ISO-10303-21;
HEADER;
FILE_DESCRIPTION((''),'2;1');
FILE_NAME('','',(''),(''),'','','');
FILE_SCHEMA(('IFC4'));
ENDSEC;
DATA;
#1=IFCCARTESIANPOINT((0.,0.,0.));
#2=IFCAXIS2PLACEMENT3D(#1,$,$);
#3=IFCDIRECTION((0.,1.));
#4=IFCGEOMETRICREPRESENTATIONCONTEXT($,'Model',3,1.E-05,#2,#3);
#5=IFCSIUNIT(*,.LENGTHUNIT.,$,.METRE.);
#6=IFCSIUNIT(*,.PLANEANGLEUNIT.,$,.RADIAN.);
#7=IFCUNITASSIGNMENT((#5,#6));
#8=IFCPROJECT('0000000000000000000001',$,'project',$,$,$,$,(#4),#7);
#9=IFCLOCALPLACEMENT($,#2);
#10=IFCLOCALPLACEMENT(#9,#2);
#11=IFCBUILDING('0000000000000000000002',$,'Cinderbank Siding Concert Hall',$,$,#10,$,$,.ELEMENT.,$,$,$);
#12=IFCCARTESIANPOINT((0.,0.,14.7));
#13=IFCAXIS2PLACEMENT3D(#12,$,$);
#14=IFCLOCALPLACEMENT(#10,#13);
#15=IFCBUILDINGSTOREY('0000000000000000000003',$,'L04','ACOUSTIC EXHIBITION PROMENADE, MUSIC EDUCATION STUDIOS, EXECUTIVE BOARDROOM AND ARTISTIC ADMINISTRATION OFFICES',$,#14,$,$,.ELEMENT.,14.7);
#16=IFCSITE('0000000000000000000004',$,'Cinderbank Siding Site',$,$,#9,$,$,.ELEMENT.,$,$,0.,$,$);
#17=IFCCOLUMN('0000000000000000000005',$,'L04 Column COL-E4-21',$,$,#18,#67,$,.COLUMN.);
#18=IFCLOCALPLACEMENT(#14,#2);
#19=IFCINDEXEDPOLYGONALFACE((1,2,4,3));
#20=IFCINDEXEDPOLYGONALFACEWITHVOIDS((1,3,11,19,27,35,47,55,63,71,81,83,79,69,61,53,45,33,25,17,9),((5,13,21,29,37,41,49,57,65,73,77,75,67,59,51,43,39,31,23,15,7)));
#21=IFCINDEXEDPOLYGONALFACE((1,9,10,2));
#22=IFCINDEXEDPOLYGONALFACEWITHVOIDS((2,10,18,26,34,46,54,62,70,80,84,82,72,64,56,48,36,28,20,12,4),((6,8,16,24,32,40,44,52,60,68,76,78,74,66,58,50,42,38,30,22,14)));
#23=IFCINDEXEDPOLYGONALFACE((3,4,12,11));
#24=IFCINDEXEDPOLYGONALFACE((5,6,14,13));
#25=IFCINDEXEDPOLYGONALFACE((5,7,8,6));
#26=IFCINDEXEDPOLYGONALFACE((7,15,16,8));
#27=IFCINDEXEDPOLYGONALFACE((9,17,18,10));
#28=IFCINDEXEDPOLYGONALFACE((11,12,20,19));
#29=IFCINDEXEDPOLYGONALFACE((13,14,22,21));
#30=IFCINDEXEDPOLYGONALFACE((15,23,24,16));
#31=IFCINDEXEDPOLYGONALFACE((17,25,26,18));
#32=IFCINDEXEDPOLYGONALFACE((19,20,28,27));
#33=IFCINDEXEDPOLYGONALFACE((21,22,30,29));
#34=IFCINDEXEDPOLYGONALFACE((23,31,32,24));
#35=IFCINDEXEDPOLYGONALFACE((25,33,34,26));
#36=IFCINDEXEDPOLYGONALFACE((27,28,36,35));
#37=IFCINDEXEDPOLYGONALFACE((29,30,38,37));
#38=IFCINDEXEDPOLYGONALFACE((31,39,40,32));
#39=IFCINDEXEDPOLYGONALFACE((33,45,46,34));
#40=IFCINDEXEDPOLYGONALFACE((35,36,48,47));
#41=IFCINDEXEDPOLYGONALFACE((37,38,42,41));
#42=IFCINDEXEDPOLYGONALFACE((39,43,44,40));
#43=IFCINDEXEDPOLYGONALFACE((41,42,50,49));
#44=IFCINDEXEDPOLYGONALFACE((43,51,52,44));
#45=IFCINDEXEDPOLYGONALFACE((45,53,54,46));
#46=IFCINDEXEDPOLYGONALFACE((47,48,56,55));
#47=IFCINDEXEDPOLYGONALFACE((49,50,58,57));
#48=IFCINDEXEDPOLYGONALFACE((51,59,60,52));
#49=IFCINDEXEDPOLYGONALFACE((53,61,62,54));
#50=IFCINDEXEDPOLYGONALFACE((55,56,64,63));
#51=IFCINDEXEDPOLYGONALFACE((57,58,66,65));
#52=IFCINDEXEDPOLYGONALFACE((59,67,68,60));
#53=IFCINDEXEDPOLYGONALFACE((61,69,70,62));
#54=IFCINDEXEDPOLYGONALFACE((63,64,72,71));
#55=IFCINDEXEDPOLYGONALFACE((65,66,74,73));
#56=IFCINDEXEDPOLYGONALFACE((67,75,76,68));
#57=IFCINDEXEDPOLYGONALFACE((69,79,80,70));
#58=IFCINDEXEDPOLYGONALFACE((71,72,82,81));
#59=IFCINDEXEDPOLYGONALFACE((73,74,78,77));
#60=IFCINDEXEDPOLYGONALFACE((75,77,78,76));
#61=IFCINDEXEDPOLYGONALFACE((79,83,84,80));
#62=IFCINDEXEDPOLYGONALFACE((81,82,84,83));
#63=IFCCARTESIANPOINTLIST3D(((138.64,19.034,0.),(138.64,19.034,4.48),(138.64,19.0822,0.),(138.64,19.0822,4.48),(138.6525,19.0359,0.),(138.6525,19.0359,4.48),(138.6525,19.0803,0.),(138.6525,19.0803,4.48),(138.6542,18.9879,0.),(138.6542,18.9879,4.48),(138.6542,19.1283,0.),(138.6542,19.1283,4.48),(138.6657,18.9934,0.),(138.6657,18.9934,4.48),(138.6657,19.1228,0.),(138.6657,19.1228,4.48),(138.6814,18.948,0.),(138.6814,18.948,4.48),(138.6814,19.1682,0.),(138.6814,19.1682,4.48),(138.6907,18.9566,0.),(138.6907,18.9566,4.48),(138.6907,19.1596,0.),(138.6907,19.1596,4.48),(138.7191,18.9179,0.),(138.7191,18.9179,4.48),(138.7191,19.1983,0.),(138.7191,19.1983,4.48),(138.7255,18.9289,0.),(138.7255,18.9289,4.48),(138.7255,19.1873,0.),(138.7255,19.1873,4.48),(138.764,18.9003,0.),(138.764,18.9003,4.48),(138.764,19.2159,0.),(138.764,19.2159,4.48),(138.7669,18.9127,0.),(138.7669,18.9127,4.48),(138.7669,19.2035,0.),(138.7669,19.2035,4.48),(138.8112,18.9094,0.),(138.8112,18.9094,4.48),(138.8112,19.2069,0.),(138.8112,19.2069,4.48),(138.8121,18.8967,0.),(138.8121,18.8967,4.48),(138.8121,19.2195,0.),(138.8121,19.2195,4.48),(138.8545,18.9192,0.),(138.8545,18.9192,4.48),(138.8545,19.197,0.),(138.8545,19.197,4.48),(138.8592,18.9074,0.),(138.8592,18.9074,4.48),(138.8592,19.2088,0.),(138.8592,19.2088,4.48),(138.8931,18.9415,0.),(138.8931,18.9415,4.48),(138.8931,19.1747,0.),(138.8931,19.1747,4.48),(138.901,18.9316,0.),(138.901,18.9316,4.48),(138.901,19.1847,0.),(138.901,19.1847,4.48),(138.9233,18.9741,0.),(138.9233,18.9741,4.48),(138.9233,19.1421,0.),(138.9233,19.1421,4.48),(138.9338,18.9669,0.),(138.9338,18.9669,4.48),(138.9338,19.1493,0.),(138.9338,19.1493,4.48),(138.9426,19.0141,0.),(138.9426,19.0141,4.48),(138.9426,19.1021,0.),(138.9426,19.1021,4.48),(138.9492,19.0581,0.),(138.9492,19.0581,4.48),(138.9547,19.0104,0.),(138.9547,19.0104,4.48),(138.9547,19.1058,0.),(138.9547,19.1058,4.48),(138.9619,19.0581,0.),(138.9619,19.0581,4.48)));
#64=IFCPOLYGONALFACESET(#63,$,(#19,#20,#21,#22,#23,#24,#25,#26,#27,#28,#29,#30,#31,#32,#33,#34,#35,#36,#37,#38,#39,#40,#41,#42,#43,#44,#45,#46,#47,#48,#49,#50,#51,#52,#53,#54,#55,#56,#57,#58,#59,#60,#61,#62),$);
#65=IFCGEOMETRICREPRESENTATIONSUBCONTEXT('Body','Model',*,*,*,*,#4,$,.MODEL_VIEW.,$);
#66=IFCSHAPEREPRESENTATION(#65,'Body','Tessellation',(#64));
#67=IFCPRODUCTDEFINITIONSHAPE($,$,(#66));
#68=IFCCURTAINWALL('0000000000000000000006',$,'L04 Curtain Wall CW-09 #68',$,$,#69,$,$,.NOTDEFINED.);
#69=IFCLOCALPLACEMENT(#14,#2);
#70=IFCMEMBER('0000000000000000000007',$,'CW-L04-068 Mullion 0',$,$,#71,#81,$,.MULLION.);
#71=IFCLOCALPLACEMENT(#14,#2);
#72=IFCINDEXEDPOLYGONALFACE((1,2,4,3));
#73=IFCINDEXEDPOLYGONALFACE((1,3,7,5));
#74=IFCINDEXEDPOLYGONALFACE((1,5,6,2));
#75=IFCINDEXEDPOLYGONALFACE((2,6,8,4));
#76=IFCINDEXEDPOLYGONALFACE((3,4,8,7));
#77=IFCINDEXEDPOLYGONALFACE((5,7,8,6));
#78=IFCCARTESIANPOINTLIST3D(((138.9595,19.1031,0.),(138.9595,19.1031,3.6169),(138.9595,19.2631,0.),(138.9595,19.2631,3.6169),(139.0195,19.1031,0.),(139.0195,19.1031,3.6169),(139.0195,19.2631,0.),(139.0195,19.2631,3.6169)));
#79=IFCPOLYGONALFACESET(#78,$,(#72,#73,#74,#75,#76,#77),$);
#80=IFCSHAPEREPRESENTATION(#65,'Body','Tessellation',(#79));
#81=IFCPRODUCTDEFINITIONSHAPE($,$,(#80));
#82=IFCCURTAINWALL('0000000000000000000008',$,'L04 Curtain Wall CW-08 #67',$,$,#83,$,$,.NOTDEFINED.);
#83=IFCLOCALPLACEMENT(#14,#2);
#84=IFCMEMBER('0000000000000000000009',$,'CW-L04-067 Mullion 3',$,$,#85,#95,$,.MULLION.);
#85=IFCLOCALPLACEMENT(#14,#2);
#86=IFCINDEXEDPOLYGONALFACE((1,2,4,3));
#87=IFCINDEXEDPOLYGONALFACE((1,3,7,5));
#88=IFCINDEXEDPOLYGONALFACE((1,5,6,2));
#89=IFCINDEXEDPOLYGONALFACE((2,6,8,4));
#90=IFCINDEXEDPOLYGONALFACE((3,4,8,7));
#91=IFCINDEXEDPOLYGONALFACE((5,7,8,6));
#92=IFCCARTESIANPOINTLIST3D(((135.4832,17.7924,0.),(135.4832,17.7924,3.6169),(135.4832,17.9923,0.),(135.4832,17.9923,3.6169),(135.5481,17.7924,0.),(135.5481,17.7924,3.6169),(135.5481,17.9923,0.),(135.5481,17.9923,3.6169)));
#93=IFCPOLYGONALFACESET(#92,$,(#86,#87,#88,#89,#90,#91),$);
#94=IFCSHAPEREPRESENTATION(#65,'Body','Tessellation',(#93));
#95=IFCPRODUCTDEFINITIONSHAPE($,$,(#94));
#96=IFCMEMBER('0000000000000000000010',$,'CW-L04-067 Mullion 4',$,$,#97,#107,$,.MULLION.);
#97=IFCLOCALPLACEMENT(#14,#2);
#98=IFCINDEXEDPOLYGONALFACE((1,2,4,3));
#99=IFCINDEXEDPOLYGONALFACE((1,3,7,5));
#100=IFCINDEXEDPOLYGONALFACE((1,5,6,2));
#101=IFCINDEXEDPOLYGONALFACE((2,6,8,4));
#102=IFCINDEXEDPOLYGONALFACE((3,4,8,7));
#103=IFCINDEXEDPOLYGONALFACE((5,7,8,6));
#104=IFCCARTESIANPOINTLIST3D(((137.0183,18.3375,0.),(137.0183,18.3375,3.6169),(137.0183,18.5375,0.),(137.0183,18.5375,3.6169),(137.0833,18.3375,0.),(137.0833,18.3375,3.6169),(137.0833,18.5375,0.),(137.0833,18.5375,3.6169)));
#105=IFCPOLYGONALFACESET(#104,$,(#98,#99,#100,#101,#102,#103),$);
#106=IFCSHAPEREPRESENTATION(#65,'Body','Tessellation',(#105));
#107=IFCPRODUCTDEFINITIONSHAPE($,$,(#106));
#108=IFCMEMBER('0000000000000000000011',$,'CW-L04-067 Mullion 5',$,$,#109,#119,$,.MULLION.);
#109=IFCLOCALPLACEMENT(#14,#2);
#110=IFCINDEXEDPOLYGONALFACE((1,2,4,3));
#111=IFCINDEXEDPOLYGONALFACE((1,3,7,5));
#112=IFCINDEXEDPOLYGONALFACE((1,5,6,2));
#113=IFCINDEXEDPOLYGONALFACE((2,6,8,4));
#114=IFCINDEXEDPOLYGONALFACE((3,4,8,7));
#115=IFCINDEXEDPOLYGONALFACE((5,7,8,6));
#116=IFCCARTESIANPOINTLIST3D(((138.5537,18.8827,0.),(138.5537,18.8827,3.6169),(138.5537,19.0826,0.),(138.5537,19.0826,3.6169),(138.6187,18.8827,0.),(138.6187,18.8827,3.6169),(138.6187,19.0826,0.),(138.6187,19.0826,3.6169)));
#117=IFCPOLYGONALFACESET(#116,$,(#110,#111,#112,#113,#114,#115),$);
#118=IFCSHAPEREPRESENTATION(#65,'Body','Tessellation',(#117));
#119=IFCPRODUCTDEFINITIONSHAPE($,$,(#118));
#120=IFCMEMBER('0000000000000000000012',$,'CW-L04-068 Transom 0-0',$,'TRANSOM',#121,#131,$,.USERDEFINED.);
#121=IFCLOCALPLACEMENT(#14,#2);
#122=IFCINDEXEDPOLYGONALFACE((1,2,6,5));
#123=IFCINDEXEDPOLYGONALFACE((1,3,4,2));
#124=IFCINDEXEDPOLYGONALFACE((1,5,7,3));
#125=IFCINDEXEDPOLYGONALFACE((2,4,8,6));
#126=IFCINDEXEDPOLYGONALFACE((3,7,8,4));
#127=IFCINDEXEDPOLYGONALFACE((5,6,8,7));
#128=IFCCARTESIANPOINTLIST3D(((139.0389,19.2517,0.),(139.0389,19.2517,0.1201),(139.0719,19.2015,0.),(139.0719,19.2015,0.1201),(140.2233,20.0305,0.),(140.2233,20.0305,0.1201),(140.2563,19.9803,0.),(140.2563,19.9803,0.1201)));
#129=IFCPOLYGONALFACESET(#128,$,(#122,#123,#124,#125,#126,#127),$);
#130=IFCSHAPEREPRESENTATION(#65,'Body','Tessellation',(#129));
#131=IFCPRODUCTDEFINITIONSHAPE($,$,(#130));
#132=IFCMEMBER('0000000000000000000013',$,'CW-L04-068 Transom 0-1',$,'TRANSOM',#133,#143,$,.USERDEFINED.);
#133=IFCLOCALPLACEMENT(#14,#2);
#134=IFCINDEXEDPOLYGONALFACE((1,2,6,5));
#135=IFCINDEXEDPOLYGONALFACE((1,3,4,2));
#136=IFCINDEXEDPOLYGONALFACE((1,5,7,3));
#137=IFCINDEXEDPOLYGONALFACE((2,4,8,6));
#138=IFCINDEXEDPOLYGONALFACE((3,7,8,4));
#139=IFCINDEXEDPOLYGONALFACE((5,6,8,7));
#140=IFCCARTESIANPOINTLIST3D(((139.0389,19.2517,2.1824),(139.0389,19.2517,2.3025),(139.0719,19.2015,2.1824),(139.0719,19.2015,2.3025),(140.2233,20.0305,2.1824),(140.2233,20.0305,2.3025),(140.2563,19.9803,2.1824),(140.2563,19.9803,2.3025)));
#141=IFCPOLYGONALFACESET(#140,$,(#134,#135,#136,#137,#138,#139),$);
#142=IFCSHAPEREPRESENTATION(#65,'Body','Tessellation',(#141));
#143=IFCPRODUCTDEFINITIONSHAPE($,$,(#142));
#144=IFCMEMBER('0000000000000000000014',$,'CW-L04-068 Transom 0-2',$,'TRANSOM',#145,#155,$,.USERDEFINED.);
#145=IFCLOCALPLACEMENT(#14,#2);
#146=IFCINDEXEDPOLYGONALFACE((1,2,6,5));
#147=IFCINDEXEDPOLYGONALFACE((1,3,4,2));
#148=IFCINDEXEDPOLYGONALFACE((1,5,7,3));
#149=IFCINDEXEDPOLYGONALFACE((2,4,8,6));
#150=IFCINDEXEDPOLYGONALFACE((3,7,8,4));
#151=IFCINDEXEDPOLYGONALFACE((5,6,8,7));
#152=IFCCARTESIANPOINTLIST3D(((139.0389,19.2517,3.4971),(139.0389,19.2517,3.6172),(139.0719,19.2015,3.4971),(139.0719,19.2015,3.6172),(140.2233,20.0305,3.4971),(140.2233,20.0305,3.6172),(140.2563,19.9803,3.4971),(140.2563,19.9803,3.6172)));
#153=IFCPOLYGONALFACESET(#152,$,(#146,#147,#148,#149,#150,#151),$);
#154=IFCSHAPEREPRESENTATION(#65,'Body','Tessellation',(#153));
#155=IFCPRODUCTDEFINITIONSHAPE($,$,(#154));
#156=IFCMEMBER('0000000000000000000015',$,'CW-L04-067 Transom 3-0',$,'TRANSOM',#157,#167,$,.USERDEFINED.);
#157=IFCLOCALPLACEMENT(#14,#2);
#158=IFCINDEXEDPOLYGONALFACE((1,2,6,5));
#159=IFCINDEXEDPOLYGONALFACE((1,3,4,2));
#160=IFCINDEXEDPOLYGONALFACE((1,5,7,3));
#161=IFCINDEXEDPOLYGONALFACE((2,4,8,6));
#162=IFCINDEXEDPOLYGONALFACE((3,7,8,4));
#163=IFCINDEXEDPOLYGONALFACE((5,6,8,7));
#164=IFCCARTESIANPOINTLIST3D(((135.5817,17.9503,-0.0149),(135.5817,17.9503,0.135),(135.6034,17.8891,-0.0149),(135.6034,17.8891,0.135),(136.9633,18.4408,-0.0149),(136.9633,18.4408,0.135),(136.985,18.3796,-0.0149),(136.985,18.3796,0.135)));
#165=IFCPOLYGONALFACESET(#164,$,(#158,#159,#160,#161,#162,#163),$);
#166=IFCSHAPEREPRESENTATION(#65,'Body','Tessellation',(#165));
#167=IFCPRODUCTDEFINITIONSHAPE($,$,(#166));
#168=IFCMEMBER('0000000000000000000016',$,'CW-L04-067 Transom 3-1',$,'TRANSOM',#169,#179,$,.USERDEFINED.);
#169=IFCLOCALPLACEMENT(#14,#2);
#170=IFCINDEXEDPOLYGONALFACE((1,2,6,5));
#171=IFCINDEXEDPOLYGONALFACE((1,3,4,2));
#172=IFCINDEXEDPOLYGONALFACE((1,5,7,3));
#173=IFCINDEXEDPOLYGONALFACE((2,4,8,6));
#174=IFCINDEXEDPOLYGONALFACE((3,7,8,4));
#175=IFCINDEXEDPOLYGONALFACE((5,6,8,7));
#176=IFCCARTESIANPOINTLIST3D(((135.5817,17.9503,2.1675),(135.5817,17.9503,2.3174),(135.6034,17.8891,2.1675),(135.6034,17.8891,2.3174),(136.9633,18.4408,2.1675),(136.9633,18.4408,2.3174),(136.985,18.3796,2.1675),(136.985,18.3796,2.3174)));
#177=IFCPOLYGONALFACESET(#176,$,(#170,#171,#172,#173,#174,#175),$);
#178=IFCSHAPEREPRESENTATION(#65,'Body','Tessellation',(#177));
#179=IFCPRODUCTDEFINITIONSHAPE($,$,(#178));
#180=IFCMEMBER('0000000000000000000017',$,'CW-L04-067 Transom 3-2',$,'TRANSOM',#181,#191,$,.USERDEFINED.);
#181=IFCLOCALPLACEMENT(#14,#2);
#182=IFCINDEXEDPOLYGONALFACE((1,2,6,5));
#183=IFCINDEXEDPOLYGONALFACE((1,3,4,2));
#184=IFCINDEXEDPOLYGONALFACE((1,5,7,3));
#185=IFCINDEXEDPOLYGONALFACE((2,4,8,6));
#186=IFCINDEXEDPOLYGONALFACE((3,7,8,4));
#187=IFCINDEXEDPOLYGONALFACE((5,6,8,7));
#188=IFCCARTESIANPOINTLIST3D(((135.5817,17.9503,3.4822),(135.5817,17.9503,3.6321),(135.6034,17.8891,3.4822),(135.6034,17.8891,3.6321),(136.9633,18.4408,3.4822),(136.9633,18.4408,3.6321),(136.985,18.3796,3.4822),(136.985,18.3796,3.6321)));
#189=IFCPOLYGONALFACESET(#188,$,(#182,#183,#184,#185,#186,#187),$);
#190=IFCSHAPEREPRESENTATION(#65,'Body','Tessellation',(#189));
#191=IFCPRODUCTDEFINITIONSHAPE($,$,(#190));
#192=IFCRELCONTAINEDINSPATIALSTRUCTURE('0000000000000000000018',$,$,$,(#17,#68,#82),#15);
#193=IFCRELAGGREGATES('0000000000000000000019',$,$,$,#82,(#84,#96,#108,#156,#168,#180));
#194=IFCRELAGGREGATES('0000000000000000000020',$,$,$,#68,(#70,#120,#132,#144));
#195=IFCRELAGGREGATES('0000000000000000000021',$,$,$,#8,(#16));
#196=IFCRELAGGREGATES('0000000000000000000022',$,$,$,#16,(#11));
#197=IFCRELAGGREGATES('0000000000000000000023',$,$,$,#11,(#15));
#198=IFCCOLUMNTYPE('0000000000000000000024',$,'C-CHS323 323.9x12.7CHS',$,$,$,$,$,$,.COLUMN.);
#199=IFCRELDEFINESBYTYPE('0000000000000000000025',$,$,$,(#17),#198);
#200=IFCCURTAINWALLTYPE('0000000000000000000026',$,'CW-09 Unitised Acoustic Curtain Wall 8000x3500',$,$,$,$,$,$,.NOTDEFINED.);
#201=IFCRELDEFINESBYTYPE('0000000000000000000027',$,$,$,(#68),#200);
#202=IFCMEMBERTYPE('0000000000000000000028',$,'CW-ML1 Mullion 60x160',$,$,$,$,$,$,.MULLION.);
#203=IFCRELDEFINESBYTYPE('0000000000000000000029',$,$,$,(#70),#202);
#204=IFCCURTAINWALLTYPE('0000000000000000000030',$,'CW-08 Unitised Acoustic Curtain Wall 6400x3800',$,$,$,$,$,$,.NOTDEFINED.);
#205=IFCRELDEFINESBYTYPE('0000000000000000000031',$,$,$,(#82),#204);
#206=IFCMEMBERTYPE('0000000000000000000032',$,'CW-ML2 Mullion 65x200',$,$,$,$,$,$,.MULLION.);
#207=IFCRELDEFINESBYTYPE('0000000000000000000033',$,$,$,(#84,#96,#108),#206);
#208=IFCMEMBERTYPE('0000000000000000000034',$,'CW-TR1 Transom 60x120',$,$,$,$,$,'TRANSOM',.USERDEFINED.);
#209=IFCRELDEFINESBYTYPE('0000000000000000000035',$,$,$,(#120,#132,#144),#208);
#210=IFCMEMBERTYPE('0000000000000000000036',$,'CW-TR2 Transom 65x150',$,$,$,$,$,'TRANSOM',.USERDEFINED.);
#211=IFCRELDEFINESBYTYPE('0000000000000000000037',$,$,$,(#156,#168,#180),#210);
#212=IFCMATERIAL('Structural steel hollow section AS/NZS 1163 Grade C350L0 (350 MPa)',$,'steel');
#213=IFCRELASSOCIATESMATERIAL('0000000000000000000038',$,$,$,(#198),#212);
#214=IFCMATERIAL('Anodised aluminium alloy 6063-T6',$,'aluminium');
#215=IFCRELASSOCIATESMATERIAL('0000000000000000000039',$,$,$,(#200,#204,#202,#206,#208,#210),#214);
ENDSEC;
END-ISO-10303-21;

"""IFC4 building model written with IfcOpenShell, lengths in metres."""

from ifc_helpers import new_model, si_unit, direction, frame, origin, origin_2d, place, context, subcontext, project, spatial, rectangle, hollow_circle, extrude, material, material_profile, profile_set, type_object, element, aggregate, save


model = new_model("IFC4")

# Units and contexts
model_context = context("Model", 3, precision=1e-05, world=origin(), true_north=direction((0.0, 1.0)))
body_context = subcontext(model_context, "Body", "Model", "MODEL_VIEW")
ifc_project = project(units=[si_unit("LENGTHUNIT", "METRE"), si_unit("PLANEANGLEUNIT", "RADIAN")], contexts=[model_context])

# Site, building, storey
site_placement = place(None, origin())
site = spatial("IfcSite", under=ifc_project, at=site_placement, Name="Cinderbank Siding Site", CompositionType="ELEMENT", RefElevation=0.0)
building_placement = place(site_placement, origin())
building = spatial("IfcBuilding", under=site, at=building_placement, Name="Cinderbank Siding Concert Hall", CompositionType="ELEMENT")
storey_placement = place(building_placement, frame((0.0, 0.0, 14.7)))
storey = spatial("IfcBuildingStorey", under=building, at=storey_placement, Name="L04", Description="ACOUSTIC EXHIBITION PROMENADE, MUSIC EDUCATION STUDIOS, EXECUTIVE BOARDROOM AND ARTISTIC ADMINISTRATION OFFICES", CompositionType="ELEMENT", Elevation=14.7)

# Column
ifc_material_1 = material(Name="Structural steel hollow section AS/NZS 1163 Grade C350L0 (350 MPa)", Category="steel")
ifc_material_profile_1 = material_profile(ifc_material_1, hollow_circle(Radius=0.1619, WallThickness=0.0127, at=origin_2d()), Name="323.9x12.7CHS", Category="LoadBearing")
ifc_profile_set_1 = profile_set([ifc_material_profile_1], Name="Structural steel hollow section AS/NZS 1163 Grade C350L0 (350 MPa)")
column_type = type_object("IfcColumnType", Name="C-CHS323 323.9x12.7CHS", PredefinedType="COLUMN", material=ifc_profile_set_1)
column_placement = place(storey_placement, frame((138.8, 19.0581, 0.0), z_axis=(0.0, 0.0, 1.0), x_axis=(1.0, 0.0, 0.0)))
element("IfcColumn", 1, at=column_placement, inside=storey, type_object=column_type, Name="L04 Column COL-E4-21", PredefinedType="COLUMN", context=body_context, shape_type="SweptSolid", body=[
    extrude(hollow_circle(Radius=0.1619, WallThickness=0.0127, at=origin_2d()), origin(), (0.0, 0.0, 1.0), 4.48),
])

# Curtain wall, member
ifc_material_2 = material(Name="Anodised aluminium alloy 6063-T6", Category="aluminium")
curtain_wall_type_1 = type_object("IfcCurtainWallType", Name="CW-09 Unitised Acoustic Curtain Wall 8000x3500", PredefinedType="NOTDEFINED", material=ifc_material_2)
curtain_wall_1_placement = place(storey_placement, origin())
curtain_wall_1 = element("IfcCurtainWall", 2, at=curtain_wall_1_placement, inside=storey, type_object=curtain_wall_type_1, Name="L04 Curtain Wall CW-09 #68", PredefinedType="NOTDEFINED")
ifc_material_profile_2 = material_profile(ifc_material_2, rectangle(XDim=0.0601, YDim=0.1599, at=origin_2d()), Name="ALU-MULL-60x160", Category="LoadBearing")
ifc_profile_set_2 = profile_set([ifc_material_profile_2], Name="Anodised aluminium alloy 6063-T6")
member_type_1 = type_object("IfcMemberType", Name="CW-ML1 Mullion 60x160", PredefinedType="MULLION", material=ifc_profile_set_2)
member_1_placement = place(storey_placement, frame((138.9895, 19.1831, 0.0), z_axis=(0.0, 0.0, 1.0), x_axis=(1.0, 0.0, 0.0)))
member_1 = element("IfcMember", 3, at=member_1_placement, type_object=member_type_1, Name="CW-L04-068 Mullion 0", PredefinedType="MULLION", context=body_context, shape_type="SweptSolid", body=[
    extrude(rectangle(XDim=0.0601, YDim=0.1599, at=origin_2d()), origin(), (0.0, 0.0, 1.0), 3.6169),
])

# Curtain wall, members
curtain_wall_type_2 = type_object("IfcCurtainWallType", Name="CW-08 Unitised Acoustic Curtain Wall 6400x3800", PredefinedType="NOTDEFINED", material=ifc_material_2)
curtain_wall_2_placement = place(storey_placement, origin())
curtain_wall_2 = element("IfcCurtainWall", 4, at=curtain_wall_2_placement, inside=storey, type_object=curtain_wall_type_2, Name="L04 Curtain Wall CW-08 #67", PredefinedType="NOTDEFINED")
ifc_material_profile_3 = material_profile(ifc_material_2, rectangle(XDim=0.0649, YDim=0.2, at=origin_2d()), Name="ALU-MULL-65x200", Category="LoadBearing")
ifc_profile_set_3 = profile_set([ifc_material_profile_3], Name="Anodised aluminium alloy 6063-T6")
member_type_2 = type_object("IfcMemberType", Name="CW-ML2 Mullion 65x200", PredefinedType="MULLION", material=ifc_profile_set_3)
member_2_placement = place(storey_placement, frame((135.5156, 17.8923, 0.0), z_axis=(0.0, 0.0, 1.0), x_axis=(1.0, 0.0, 0.0)))
member_2 = element("IfcMember", 5, at=member_2_placement, type_object=member_type_2, Name="CW-L04-067 Mullion 3", PredefinedType="MULLION", context=body_context, shape_type="SweptSolid", body=[
    extrude(rectangle(XDim=0.0649, YDim=0.2, at=origin_2d()), origin(), (0.0, 0.0, 1.0), 3.6169),
])
member_3_placement = place(storey_placement, frame((137.0508, 18.4375, 0.0), z_axis=(0.0, 0.0, 1.0), x_axis=(1.0, 0.0, 0.0)))
member_3 = element("IfcMember", 6, at=member_3_placement, type_object=member_type_2, Name="CW-L04-067 Mullion 4", PredefinedType="MULLION", context=body_context, shape_type="SweptSolid", body=[
    extrude(rectangle(XDim=0.0649, YDim=0.2, at=origin_2d()), origin(), (0.0, 0.0, 1.0), 3.6169),
])
member_4_placement = place(storey_placement, frame((138.5862, 18.9827, 0.0), z_axis=(0.0, 0.0, 1.0), x_axis=(1.0, 0.0, 0.0)))
member_4 = element("IfcMember", 7, at=member_4_placement, type_object=member_type_2, Name="CW-L04-067 Mullion 5", PredefinedType="MULLION", context=body_context, shape_type="SweptSolid", body=[
    extrude(rectangle(XDim=0.0649, YDim=0.2, at=origin_2d()), origin(), (0.0, 0.0, 1.0), 3.6169),
])

# Members
ifc_material_profile_4 = material_profile(ifc_material_2, rectangle(XDim=0.0601, YDim=0.1201, at=origin_2d()), Name="ALU-TRAN-60x120", Category="LoadBearing")
ifc_profile_set_4 = profile_set([ifc_material_profile_4], Name="Anodised aluminium alloy 6063-T6")
member_type_3 = type_object("IfcMemberType", Name="CW-TR1 Transom 60x120", ElementType="TRANSOM", PredefinedType="USERDEFINED", material=ifc_profile_set_4)
member_5_placement = place(storey_placement, frame((139.0554, 19.2266, 0.0601), z_axis=(0.835532, 0.549443, 0.0), x_axis=(-0.549443, 0.835532, 0.0)))
member_5 = element("IfcMember", 8, at=member_5_placement, type_object=member_type_3, Name="CW-L04-068 Transom 0-0", ObjectType="TRANSOM", PredefinedType="USERDEFINED", context=body_context, shape_type="SweptSolid", body=[
    extrude(rectangle(XDim=0.0601, YDim=0.1201, at=origin_2d()), origin(), (0.0, 0.0, 1.0), 1.4175),
])
member_6_placement = place(storey_placement, frame((139.0554, 19.2266, 2.2424), z_axis=(0.835532, 0.549443, 0.0), x_axis=(-0.549443, 0.835532, 0.0)))
member_6 = element("IfcMember", 9, at=member_6_placement, type_object=member_type_3, Name="CW-L04-068 Transom 0-1", ObjectType="TRANSOM", PredefinedType="USERDEFINED", context=body_context, shape_type="SweptSolid", body=[
    extrude(rectangle(XDim=0.0601, YDim=0.1201, at=origin_2d()), origin(), (0.0, 0.0, 1.0), 1.4175),
])
member_7_placement = place(storey_placement, frame((139.0554, 19.2266, 3.5571), z_axis=(0.835532, 0.549443, 0.0), x_axis=(-0.549443, 0.835532, 0.0)))
member_7 = element("IfcMember", 10, at=member_7_placement, type_object=member_type_3, Name="CW-L04-068 Transom 0-2", ObjectType="TRANSOM", PredefinedType="USERDEFINED", context=body_context, shape_type="SweptSolid", body=[
    extrude(rectangle(XDim=0.0601, YDim=0.1201, at=origin_2d()), origin(), (0.0, 0.0, 1.0), 1.4175),
])
ifc_material_profile_5 = material_profile(ifc_material_2, rectangle(XDim=0.0649, YDim=0.1499, at=origin_2d()), Name="ALU-TRAN-65x150", Category="LoadBearing")
ifc_profile_set_5 = profile_set([ifc_material_profile_5], Name="Anodised aluminium alloy 6063-T6")
member_type_4 = type_object("IfcMemberType", Name="CW-TR2 Transom 65x150", ElementType="TRANSOM", PredefinedType="USERDEFINED", material=ifc_profile_set_5)
member_8_placement = place(storey_placement, frame((135.5925, 17.9197, 0.0601), z_axis=(0.942377, 0.334553, 0.0), x_axis=(-0.334553, 0.942377, 0.0)))
member_8 = element("IfcMember", 11, at=member_8_placement, type_object=member_type_4, Name="CW-L04-067 Transom 3-0", ObjectType="TRANSOM", PredefinedType="USERDEFINED", context=body_context, shape_type="SweptSolid", body=[
    extrude(rectangle(XDim=0.0649, YDim=0.1499, at=origin_2d()), origin(), (0.0, 0.0, 1.0), 1.4661),
])
member_9_placement = place(storey_placement, frame((135.5925, 17.9197, 2.2424), z_axis=(0.942377, 0.334553, 0.0), x_axis=(-0.334553, 0.942377, 0.0)))
member_9 = element("IfcMember", 12, at=member_9_placement, type_object=member_type_4, Name="CW-L04-067 Transom 3-1", ObjectType="TRANSOM", PredefinedType="USERDEFINED", context=body_context, shape_type="SweptSolid", body=[
    extrude(rectangle(XDim=0.0649, YDim=0.1499, at=origin_2d()), origin(), (0.0, 0.0, 1.0), 1.4661),
])
member_10_placement = place(storey_placement, frame((135.5925, 17.9197, 3.5571), z_axis=(0.942377, 0.334553, 0.0), x_axis=(-0.334553, 0.942377, 0.0)))
member_10 = element("IfcMember", 13, at=member_10_placement, type_object=member_type_4, Name="CW-L04-067 Transom 3-2", ObjectType="TRANSOM", PredefinedType="USERDEFINED", context=body_context, shape_type="SweptSolid", body=[
    extrude(rectangle(XDim=0.0649, YDim=0.1499, at=origin_2d()), origin(), (0.0, 0.0, 1.0), 1.4661),
])

aggregate(curtain_wall_2, [member_2, member_3, member_4, member_8, member_9, member_10])
aggregate(curtain_wall_1, [member_1, member_5, member_6, member_7])

save(model, "model.ifc")
